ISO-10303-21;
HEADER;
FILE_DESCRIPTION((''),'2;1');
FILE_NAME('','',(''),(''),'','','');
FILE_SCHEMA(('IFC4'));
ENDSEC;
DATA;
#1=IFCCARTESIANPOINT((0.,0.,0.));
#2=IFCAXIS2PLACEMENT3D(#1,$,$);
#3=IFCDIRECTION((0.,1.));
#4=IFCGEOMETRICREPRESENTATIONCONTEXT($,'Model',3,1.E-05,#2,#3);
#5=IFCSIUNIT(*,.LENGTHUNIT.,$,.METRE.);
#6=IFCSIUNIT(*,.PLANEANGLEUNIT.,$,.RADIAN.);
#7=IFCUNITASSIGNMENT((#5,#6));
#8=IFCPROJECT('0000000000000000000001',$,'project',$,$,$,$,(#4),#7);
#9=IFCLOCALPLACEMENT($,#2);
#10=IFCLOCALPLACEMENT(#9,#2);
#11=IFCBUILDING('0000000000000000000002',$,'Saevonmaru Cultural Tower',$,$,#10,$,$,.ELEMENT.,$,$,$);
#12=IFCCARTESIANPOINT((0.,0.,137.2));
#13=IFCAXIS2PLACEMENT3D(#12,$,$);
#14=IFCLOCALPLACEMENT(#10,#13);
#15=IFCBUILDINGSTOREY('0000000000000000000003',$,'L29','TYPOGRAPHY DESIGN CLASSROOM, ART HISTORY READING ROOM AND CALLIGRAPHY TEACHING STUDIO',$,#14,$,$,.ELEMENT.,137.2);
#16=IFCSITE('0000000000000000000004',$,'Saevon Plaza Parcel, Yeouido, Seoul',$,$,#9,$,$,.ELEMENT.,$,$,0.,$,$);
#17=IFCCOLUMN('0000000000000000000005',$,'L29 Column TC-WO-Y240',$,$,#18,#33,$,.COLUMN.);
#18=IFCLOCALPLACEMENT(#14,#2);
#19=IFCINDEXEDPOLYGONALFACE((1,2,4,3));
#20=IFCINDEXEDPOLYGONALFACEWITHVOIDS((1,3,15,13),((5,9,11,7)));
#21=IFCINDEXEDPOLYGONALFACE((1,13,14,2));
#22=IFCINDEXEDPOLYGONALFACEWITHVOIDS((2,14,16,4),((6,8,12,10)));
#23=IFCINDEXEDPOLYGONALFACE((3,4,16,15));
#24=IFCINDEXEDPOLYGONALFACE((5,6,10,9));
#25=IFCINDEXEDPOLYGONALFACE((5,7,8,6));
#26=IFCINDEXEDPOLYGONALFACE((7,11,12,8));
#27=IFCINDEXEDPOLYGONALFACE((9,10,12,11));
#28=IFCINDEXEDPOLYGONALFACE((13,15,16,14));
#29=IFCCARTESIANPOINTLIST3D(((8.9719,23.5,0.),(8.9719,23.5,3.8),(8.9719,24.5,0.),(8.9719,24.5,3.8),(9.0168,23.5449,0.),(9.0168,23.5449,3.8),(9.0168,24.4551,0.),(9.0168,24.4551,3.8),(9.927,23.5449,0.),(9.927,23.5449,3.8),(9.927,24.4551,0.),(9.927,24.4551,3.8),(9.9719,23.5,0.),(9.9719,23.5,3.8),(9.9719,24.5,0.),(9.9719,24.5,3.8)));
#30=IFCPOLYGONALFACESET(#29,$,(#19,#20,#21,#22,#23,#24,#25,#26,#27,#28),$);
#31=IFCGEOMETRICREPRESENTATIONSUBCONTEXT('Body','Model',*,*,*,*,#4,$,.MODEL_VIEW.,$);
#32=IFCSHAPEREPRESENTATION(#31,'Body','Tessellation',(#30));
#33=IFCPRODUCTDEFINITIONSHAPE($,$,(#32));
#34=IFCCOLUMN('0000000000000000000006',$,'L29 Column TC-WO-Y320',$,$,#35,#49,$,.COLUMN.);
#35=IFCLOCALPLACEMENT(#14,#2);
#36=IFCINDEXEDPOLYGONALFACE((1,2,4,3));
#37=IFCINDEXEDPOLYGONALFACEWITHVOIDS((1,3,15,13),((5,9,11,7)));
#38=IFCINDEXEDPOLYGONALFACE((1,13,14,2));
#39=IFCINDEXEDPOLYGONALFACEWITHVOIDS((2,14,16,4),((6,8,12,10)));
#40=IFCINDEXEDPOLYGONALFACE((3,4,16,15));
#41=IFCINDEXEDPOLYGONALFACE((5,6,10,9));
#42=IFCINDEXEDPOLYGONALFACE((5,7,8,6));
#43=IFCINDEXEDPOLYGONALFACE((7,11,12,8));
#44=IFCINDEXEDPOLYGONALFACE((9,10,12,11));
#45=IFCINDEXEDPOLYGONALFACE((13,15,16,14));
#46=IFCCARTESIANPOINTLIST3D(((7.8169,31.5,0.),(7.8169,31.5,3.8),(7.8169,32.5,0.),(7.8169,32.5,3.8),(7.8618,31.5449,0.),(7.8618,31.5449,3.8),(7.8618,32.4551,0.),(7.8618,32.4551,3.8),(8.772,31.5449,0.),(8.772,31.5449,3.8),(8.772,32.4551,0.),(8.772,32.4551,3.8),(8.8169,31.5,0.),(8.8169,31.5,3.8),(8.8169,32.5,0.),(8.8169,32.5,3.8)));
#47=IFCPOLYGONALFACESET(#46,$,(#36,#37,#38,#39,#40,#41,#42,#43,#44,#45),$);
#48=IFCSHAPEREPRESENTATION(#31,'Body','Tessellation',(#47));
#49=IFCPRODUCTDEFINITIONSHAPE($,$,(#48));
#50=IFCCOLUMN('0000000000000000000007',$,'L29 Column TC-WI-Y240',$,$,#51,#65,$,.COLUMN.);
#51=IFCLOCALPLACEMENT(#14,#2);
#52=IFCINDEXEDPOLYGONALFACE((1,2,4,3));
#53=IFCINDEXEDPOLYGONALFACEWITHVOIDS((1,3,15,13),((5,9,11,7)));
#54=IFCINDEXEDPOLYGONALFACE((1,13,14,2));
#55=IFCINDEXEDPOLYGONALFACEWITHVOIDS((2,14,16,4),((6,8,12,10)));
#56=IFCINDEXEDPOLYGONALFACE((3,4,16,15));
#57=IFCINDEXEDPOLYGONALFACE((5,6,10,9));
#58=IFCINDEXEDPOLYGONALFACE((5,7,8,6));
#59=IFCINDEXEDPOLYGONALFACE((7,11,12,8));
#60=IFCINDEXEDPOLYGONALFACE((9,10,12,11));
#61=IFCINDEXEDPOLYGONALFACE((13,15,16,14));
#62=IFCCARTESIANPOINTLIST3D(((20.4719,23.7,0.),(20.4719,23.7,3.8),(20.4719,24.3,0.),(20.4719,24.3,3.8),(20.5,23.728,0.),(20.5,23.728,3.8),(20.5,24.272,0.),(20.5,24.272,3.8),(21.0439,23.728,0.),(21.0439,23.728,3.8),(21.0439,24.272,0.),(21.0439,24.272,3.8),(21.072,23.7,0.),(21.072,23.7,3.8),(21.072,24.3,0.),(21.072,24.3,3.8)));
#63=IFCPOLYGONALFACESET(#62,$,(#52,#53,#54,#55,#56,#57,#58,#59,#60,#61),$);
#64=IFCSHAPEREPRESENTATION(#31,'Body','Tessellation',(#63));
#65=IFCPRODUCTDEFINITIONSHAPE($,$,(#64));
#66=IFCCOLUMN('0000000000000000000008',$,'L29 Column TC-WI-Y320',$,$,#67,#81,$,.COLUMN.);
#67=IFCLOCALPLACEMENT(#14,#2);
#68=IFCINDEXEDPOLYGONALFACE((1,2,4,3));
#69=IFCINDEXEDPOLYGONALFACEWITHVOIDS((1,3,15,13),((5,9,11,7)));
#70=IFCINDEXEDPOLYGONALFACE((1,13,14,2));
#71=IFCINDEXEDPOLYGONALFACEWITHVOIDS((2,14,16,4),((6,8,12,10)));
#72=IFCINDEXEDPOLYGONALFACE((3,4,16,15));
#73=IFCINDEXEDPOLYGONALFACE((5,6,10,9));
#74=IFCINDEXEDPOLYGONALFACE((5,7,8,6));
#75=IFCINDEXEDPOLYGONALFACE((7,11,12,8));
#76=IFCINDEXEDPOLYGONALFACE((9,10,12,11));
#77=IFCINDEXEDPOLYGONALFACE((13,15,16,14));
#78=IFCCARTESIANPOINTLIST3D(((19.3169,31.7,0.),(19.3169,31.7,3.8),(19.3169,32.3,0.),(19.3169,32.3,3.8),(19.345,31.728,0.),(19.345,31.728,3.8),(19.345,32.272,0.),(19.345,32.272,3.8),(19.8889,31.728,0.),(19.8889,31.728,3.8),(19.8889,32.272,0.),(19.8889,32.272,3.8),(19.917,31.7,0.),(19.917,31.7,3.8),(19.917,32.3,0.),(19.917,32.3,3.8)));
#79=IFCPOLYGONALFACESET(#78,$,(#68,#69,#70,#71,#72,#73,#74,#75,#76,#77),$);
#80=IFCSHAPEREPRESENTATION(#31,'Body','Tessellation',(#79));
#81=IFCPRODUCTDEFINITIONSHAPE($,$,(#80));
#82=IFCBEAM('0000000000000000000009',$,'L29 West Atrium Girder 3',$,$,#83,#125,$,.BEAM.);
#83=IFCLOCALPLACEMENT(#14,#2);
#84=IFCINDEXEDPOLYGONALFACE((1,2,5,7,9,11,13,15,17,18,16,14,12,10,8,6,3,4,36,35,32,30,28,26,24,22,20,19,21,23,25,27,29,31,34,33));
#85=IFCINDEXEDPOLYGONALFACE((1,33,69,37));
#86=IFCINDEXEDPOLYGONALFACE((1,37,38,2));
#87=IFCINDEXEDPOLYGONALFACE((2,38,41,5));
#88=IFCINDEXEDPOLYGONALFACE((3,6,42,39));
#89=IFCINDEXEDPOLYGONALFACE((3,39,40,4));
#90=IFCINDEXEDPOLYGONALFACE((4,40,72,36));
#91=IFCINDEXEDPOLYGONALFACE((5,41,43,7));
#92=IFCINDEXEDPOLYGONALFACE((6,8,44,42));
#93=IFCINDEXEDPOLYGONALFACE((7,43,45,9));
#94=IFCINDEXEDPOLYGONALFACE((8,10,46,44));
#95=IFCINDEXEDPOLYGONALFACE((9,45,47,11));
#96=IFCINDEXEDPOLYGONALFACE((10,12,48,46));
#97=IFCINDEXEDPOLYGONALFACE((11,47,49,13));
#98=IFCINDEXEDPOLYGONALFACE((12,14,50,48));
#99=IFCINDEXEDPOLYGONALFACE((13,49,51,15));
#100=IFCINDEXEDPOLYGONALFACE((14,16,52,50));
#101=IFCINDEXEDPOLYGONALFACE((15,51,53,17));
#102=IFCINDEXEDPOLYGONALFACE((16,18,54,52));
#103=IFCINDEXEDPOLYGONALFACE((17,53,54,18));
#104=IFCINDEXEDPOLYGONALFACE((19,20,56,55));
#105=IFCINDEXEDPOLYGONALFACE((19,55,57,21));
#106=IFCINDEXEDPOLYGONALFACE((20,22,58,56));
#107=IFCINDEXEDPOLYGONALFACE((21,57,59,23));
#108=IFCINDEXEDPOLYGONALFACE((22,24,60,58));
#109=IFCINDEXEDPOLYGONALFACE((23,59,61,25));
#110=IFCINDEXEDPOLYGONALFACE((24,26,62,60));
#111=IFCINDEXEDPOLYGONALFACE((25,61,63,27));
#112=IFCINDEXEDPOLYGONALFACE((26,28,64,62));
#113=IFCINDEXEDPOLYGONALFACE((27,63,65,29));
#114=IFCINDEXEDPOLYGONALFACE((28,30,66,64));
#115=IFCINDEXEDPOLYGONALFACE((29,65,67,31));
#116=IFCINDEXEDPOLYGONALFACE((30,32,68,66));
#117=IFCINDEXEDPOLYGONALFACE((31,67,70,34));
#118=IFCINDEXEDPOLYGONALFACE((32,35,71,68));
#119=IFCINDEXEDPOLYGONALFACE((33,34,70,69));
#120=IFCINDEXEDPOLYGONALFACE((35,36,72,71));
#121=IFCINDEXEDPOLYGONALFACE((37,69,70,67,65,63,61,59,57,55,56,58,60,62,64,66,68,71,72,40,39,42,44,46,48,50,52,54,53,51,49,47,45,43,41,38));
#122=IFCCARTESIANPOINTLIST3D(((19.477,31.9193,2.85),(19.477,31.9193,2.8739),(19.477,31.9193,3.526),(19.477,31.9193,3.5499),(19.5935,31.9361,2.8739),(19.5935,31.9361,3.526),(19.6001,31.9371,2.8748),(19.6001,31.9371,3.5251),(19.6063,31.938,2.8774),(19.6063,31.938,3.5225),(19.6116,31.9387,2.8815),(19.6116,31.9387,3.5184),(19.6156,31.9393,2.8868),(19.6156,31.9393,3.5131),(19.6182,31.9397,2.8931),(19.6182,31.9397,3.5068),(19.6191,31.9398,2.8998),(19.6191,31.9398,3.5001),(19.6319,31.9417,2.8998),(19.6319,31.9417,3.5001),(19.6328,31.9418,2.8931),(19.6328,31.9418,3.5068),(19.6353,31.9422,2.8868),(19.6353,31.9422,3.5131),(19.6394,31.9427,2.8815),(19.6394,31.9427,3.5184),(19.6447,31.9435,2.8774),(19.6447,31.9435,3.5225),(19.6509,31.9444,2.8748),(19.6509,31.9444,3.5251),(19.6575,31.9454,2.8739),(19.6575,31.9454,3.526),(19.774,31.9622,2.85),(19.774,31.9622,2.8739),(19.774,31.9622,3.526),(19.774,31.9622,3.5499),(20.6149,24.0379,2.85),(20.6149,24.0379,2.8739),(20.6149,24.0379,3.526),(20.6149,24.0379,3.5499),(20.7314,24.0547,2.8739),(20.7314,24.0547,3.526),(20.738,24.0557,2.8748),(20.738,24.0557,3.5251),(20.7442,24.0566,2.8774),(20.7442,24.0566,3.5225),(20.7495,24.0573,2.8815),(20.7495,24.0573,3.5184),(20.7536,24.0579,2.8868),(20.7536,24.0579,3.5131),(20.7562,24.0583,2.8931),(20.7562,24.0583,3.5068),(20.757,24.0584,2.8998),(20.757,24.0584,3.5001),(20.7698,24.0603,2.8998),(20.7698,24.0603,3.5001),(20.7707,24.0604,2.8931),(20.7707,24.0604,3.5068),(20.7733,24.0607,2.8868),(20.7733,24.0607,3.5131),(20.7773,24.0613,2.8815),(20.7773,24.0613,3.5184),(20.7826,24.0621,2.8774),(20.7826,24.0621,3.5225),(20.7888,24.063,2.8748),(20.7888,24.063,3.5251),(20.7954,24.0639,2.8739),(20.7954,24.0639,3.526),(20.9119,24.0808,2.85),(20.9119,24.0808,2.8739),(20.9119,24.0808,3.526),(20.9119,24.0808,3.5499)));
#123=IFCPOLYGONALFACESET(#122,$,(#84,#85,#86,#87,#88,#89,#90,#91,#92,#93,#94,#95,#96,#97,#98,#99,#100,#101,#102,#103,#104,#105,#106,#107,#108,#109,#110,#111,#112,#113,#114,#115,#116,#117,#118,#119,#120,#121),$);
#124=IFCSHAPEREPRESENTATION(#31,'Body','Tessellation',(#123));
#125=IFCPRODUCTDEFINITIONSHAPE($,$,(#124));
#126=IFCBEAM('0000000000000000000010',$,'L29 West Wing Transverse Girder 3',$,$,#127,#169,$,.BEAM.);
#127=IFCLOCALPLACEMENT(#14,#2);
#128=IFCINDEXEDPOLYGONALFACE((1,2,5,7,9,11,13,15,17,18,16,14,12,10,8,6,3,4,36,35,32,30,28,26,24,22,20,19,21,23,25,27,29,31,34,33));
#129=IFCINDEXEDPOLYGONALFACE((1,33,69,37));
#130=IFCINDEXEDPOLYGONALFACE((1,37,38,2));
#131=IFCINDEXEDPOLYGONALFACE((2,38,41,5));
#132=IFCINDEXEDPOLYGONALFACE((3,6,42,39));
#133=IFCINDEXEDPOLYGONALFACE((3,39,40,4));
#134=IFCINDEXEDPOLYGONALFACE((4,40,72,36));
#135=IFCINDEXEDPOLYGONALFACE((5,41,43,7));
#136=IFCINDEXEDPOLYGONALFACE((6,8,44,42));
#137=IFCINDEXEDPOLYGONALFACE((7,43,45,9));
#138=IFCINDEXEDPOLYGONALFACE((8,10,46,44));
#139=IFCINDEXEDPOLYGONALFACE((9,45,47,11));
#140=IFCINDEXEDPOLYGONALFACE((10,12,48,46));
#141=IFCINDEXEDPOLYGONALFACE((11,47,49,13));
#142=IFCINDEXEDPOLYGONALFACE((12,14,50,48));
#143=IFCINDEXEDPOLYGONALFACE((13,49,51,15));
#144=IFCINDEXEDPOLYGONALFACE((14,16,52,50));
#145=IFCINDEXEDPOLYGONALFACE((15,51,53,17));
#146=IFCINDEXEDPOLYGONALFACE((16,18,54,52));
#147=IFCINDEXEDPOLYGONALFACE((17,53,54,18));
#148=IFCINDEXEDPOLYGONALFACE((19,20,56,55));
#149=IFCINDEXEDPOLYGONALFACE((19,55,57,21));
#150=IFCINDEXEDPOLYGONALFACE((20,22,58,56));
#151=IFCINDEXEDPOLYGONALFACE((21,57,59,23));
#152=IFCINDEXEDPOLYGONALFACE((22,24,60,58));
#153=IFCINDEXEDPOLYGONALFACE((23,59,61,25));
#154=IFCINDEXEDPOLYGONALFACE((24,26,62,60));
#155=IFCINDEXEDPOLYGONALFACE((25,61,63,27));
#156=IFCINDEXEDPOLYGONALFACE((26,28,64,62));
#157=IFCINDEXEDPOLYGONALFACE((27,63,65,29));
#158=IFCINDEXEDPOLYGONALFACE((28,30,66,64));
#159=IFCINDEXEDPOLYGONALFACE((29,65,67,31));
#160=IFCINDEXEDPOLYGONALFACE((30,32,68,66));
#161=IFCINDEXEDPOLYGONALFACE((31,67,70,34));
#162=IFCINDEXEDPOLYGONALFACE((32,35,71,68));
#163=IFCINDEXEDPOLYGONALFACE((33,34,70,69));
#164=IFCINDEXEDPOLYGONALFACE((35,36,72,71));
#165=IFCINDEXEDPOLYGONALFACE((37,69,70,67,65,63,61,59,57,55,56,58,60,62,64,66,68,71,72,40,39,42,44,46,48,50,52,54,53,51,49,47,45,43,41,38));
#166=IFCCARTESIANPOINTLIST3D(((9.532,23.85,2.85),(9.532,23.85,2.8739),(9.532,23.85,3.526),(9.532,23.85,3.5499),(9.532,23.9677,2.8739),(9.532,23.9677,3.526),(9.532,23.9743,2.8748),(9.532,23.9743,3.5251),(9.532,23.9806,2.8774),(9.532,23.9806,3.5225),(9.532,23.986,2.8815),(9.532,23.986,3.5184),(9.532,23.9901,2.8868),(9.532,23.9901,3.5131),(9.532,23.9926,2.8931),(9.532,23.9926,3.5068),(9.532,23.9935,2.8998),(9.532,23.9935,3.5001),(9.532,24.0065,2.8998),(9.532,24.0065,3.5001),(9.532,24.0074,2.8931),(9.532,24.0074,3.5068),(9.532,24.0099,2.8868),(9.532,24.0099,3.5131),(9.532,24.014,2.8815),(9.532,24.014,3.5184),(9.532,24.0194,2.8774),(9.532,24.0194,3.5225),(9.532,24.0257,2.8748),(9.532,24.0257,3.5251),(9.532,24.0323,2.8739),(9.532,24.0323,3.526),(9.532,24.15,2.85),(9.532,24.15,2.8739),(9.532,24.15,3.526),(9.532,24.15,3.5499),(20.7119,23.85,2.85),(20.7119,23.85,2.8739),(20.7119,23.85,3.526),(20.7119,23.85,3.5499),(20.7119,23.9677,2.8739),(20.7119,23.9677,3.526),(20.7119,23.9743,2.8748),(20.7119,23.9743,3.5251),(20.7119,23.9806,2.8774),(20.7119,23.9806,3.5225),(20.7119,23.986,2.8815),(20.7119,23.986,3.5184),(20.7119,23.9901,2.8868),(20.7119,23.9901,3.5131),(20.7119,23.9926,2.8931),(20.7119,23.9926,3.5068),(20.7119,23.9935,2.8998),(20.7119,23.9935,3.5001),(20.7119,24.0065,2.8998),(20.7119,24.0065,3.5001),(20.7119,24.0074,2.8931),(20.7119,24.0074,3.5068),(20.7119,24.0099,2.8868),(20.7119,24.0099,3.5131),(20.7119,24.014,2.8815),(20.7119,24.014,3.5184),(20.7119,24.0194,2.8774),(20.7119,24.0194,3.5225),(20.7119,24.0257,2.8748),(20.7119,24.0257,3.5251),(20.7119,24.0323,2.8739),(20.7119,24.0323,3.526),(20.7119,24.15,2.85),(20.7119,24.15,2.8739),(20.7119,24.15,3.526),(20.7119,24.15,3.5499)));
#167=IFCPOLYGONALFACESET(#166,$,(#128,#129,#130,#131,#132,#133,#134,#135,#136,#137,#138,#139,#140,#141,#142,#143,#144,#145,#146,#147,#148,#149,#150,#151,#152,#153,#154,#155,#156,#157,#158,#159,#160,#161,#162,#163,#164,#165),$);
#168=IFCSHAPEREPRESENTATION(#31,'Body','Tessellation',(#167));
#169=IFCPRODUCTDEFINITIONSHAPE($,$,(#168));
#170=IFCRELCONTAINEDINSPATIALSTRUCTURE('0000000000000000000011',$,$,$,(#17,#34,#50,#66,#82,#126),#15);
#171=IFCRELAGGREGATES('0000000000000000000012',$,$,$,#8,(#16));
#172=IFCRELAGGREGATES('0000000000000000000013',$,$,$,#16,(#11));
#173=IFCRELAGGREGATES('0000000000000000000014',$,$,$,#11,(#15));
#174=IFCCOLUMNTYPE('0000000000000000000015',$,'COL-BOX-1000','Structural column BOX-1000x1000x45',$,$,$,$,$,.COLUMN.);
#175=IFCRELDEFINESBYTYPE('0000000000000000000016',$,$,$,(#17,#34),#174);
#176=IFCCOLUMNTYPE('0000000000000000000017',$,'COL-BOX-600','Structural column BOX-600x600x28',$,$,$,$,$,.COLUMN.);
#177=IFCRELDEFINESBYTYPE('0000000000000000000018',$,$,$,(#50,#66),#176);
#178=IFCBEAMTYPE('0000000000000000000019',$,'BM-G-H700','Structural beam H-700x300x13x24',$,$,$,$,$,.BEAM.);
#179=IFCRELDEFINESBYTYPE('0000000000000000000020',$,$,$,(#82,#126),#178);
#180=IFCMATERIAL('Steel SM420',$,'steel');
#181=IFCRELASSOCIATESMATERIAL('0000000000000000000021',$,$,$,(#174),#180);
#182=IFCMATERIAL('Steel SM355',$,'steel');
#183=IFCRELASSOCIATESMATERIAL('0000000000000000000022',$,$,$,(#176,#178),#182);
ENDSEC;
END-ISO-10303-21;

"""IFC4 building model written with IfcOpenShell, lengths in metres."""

from ifc_helpers import new_model, si_unit, direction, frame, origin, origin_2d, place, context, subcontext, project, spatial, hollow_rectangle, i_section, extrude, material, material_profile, profile_set, type_object, element, save


model = new_model("IFC4")

# Units and contexts
model_context = context("Model", 3, precision=1e-05, world=origin(), true_north=direction((0.0, 1.0)))
body_context = subcontext(model_context, "Body", "Model", "MODEL_VIEW")
ifc_project = project(units=[si_unit("LENGTHUNIT", "METRE"), si_unit("PLANEANGLEUNIT", "RADIAN")], contexts=[model_context])

# Site, building, storey
site_placement = place(None, origin())
site = spatial("IfcSite", under=ifc_project, at=site_placement, Name="Saevon Plaza Parcel, Yeouido, Seoul", CompositionType="ELEMENT", RefElevation=0.0)
building_placement = place(site_placement, origin())
building = spatial("IfcBuilding", under=site, at=building_placement, Name="Saevonmaru Cultural Tower", CompositionType="ELEMENT")
storey_placement = place(building_placement, frame((0.0, 0.0, 137.2)))
storey = spatial("IfcBuildingStorey", under=building, at=storey_placement, Name="L29", Description="TYPOGRAPHY DESIGN CLASSROOM, ART HISTORY READING ROOM AND CALLIGRAPHY TEACHING STUDIO", CompositionType="ELEMENT", Elevation=137.2)

# Columns
ifc_material_1 = material(Name="Steel SM420", Category="steel")
ifc_material_profile_1 = material_profile(ifc_material_1, hollow_rectangle(XDim=1.0, YDim=1.0, WallThickness=0.0449, at=origin_2d()), Name="BOX-1000x1000x45")
ifc_profile_set_1 = profile_set([ifc_material_profile_1], Name="Steel SM420")
column_type_1 = type_object("IfcColumnType", Name="COL-BOX-1000", Description="Structural column BOX-1000x1000x45", PredefinedType="COLUMN", material=ifc_profile_set_1)
for number, where, z_axis, x_axis, name in (
    (1, (9.4719, 24.0, 0.0), (0.0, 0.0, 1.0), (1.0, 0.0, 0.0), "L29 Column TC-WO-Y240"),
    (2, (8.3169, 32.0, 0.0), (0.0, 0.0, 1.0), (1.0, 0.0, 0.0), "L29 Column TC-WO-Y320"),
):
    element("IfcColumn", number, at=place(storey_placement, frame(where, z_axis=z_axis, x_axis=x_axis)), inside=storey, type_object=column_type_1, Name=name, PredefinedType="COLUMN", context=body_context, shape_type="SweptSolid", body=[
        extrude(hollow_rectangle(XDim=1.0, YDim=1.0, WallThickness=0.0449, at=origin_2d()), origin(), (0.0, 0.0, 1.0), 3.8),
    ])
ifc_material_2 = material(Name="Steel SM355", Category="steel")
ifc_material_profile_2 = material_profile(ifc_material_2, hollow_rectangle(XDim=0.6001, YDim=0.6001, WallThickness=0.0281, at=origin_2d()), Name="BOX-600x600x28")
ifc_profile_set_2 = profile_set([ifc_material_profile_2], Name="Steel SM355")
column_type_2 = type_object("IfcColumnType", Name="COL-BOX-600", Description="Structural column BOX-600x600x28", PredefinedType="COLUMN", material=ifc_profile_set_2)
for number, where, z_axis, x_axis, name in (
    (3, (20.772, 24.0, 0.0), (0.0, 0.0, 1.0), (1.0, 0.0, 0.0), "L29 Column TC-WI-Y240"),
    (4, (19.6169, 32.0, 0.0), (0.0, 0.0, 1.0), (1.0, 0.0, 0.0), "L29 Column TC-WI-Y320"),
):
    element("IfcColumn", number, at=place(storey_placement, frame(where, z_axis=z_axis, x_axis=x_axis)), inside=storey, type_object=column_type_2, Name=name, PredefinedType="COLUMN", context=body_context, shape_type="SweptSolid", body=[
        extrude(hollow_rectangle(XDim=0.6001, YDim=0.6001, WallThickness=0.0281, at=origin_2d()), origin(), (0.0, 0.0, 1.0), 3.8),
    ])

# Beams
ifc_material_profile_3 = material_profile(ifc_material_2, i_section(OverallWidth=0.3, OverallDepth=0.7, WebThickness=0.0129, FlangeThickness=0.0239, FilletRadius=0.0259, at=origin_2d()), Name="H-700x300x13x24")
ifc_profile_set_3 = profile_set([ifc_material_profile_3], Name="Steel SM355")
beam_type_1 = type_object("IfcBeamType", Name="BM-G-H700", Description="Structural beam H-700x300x13x24", PredefinedType="BEAM", material=ifc_profile_set_3)
beam_1_placement = place(storey_placement, frame((20.7634, 24.0593, 3.2), z_axis=(-0.142902, 0.989737, 0.0), x_axis=(-0.989737, -0.142902, 0.0)))
element("IfcBeam", 5, at=beam_1_placement, inside=storey, type_object=beam_type_1, Name="L29 West Atrium Girder 3", PredefinedType="BEAM", context=body_context, shape_type="SweptSolid", body=[
    extrude(i_section(OverallWidth=0.3, OverallDepth=0.7, WebThickness=0.0129, FlangeThickness=0.0239, FilletRadius=0.0259, at=origin_2d()), origin(), (0.0, 0.0, 1.0), 7.9631),
])
for number, where, z_axis, x_axis, name in (
    (6, (9.532, 24.0, 3.2), (1.0, 0.0, 0.0), (0.0, 1.0, 0.0), "L29 West Wing Transverse Girder 3"),
):
    element("IfcBeam", number, at=place(storey_placement, frame(where, z_axis=z_axis, x_axis=x_axis)), inside=storey, type_object=beam_type_1, Name=name, PredefinedType="BEAM", context=body_context, shape_type="SweptSolid", body=[
        extrude(i_section(OverallWidth=0.3, OverallDepth=0.7, WebThickness=0.0129, FlangeThickness=0.0239, FilletRadius=0.0259, at=origin_2d()), origin(), (0.0, 0.0, 1.0), 11.1799),
    ])

save(model, "model.ifc")
